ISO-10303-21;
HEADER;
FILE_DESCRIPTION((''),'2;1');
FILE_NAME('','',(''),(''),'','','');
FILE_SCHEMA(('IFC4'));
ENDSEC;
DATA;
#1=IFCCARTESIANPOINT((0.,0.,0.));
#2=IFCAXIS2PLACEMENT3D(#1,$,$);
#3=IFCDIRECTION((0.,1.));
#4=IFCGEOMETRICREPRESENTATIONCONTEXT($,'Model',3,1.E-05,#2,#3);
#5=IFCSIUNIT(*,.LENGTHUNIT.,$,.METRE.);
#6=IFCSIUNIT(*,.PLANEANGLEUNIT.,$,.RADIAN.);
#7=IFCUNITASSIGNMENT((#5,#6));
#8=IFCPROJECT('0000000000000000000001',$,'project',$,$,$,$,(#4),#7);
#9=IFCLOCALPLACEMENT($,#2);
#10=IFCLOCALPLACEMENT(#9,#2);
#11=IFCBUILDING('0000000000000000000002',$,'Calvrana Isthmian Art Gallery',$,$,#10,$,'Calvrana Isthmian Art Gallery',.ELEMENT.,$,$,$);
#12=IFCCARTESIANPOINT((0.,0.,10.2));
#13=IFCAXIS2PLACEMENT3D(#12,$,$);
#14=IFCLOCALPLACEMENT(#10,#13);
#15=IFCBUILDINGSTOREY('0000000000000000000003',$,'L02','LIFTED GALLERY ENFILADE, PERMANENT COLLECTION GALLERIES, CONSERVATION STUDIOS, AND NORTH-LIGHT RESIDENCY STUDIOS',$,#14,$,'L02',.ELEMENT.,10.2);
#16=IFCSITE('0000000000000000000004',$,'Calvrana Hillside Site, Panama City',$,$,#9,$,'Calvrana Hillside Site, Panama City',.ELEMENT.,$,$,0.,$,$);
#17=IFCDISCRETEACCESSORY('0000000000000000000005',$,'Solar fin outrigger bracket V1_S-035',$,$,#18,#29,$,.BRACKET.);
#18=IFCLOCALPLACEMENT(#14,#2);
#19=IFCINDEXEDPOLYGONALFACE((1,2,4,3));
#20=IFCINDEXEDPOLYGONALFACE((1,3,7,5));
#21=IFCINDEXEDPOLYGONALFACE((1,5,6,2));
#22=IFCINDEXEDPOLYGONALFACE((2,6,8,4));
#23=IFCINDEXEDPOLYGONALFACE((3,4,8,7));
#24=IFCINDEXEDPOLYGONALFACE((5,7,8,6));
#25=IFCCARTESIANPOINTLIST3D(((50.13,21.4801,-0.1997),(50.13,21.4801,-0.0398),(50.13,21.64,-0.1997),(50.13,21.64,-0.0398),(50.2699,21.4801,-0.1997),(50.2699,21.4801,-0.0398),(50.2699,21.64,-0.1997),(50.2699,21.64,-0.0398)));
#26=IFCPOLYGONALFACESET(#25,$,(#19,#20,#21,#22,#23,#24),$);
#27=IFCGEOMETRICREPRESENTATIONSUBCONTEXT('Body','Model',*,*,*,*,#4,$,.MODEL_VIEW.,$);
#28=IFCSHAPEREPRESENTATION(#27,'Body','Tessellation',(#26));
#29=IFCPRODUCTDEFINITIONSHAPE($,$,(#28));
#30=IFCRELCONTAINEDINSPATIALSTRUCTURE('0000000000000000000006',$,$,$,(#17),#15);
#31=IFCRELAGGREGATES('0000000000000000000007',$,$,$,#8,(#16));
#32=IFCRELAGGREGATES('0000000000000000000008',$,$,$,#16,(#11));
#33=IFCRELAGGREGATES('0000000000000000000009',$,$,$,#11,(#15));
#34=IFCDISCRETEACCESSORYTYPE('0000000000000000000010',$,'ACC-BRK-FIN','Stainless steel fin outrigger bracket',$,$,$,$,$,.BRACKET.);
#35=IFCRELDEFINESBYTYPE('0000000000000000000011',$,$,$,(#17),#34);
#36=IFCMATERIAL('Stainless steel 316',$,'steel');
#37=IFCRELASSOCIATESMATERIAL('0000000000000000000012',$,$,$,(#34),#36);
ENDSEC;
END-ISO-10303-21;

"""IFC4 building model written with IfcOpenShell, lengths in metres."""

from ifc_helpers import new_model, si_unit, direction, frame, origin, origin_2d, place, context, subcontext, project, spatial, rectangle, extrude, material, type_object, element, save


model = new_model("IFC4")

# Units and contexts
model_context = context("Model", 3, precision=1e-05, world=origin(), true_north=direction((0.0, 1.0)))
body_context = subcontext(model_context, "Body", "Model", "MODEL_VIEW")
ifc_project = project(units=[si_unit("LENGTHUNIT", "METRE"), si_unit("PLANEANGLEUNIT", "RADIAN")], contexts=[model_context])

# Site, building, storey
site_placement = place(None, origin())
site = spatial("IfcSite", under=ifc_project, at=site_placement, Name="Calvrana Hillside Site, Panama City", LongName="Calvrana Hillside Site, Panama City", CompositionType="ELEMENT", RefElevation=0.0)
building_placement = place(site_placement, origin())
building = spatial("IfcBuilding", under=site, at=building_placement, Name="Calvrana Isthmian Art Gallery", LongName="Calvrana Isthmian Art Gallery", CompositionType="ELEMENT")
storey_placement = place(building_placement, frame((0.0, 0.0, 10.2)))
storey = spatial("IfcBuildingStorey", under=building, at=storey_placement, Name="L02", Description="LIFTED GALLERY ENFILADE, PERMANENT COLLECTION GALLERIES, CONSERVATION STUDIOS, AND NORTH-LIGHT RESIDENCY STUDIOS", LongName="L02", CompositionType="ELEMENT", Elevation=10.2)

# Discrete accessory
ifc_material_1 = material(Name="Stainless steel 316", Category="steel")
discrete_accessory_type = type_object("IfcDiscreteAccessoryType", Name="ACC-BRK-FIN", Description="Stainless steel fin outrigger bracket", PredefinedType="BRACKET", material=ifc_material_1)
for number, where, z_axis, x_axis, name in (
    (1, (50.2, 21.5601, -0.1997), (0.0, 0.0, 1.0), (1.0, 0.0, 0.0), "Solar fin outrigger bracket V1_S-035"),
):
    element("IfcDiscreteAccessory", number, at=place(storey_placement, frame(where, z_axis=z_axis, x_axis=x_axis)), inside=storey, type_object=discrete_accessory_type, Name=name, PredefinedType="BRACKET", context=body_context, shape_type="SweptSolid", body=[
        extrude(rectangle(XDim=0.1399, YDim=0.1599, at=origin_2d()), origin(), (0.0, 0.0, 1.0), 0.1599),
    ])

save(model, "model.ifc")
